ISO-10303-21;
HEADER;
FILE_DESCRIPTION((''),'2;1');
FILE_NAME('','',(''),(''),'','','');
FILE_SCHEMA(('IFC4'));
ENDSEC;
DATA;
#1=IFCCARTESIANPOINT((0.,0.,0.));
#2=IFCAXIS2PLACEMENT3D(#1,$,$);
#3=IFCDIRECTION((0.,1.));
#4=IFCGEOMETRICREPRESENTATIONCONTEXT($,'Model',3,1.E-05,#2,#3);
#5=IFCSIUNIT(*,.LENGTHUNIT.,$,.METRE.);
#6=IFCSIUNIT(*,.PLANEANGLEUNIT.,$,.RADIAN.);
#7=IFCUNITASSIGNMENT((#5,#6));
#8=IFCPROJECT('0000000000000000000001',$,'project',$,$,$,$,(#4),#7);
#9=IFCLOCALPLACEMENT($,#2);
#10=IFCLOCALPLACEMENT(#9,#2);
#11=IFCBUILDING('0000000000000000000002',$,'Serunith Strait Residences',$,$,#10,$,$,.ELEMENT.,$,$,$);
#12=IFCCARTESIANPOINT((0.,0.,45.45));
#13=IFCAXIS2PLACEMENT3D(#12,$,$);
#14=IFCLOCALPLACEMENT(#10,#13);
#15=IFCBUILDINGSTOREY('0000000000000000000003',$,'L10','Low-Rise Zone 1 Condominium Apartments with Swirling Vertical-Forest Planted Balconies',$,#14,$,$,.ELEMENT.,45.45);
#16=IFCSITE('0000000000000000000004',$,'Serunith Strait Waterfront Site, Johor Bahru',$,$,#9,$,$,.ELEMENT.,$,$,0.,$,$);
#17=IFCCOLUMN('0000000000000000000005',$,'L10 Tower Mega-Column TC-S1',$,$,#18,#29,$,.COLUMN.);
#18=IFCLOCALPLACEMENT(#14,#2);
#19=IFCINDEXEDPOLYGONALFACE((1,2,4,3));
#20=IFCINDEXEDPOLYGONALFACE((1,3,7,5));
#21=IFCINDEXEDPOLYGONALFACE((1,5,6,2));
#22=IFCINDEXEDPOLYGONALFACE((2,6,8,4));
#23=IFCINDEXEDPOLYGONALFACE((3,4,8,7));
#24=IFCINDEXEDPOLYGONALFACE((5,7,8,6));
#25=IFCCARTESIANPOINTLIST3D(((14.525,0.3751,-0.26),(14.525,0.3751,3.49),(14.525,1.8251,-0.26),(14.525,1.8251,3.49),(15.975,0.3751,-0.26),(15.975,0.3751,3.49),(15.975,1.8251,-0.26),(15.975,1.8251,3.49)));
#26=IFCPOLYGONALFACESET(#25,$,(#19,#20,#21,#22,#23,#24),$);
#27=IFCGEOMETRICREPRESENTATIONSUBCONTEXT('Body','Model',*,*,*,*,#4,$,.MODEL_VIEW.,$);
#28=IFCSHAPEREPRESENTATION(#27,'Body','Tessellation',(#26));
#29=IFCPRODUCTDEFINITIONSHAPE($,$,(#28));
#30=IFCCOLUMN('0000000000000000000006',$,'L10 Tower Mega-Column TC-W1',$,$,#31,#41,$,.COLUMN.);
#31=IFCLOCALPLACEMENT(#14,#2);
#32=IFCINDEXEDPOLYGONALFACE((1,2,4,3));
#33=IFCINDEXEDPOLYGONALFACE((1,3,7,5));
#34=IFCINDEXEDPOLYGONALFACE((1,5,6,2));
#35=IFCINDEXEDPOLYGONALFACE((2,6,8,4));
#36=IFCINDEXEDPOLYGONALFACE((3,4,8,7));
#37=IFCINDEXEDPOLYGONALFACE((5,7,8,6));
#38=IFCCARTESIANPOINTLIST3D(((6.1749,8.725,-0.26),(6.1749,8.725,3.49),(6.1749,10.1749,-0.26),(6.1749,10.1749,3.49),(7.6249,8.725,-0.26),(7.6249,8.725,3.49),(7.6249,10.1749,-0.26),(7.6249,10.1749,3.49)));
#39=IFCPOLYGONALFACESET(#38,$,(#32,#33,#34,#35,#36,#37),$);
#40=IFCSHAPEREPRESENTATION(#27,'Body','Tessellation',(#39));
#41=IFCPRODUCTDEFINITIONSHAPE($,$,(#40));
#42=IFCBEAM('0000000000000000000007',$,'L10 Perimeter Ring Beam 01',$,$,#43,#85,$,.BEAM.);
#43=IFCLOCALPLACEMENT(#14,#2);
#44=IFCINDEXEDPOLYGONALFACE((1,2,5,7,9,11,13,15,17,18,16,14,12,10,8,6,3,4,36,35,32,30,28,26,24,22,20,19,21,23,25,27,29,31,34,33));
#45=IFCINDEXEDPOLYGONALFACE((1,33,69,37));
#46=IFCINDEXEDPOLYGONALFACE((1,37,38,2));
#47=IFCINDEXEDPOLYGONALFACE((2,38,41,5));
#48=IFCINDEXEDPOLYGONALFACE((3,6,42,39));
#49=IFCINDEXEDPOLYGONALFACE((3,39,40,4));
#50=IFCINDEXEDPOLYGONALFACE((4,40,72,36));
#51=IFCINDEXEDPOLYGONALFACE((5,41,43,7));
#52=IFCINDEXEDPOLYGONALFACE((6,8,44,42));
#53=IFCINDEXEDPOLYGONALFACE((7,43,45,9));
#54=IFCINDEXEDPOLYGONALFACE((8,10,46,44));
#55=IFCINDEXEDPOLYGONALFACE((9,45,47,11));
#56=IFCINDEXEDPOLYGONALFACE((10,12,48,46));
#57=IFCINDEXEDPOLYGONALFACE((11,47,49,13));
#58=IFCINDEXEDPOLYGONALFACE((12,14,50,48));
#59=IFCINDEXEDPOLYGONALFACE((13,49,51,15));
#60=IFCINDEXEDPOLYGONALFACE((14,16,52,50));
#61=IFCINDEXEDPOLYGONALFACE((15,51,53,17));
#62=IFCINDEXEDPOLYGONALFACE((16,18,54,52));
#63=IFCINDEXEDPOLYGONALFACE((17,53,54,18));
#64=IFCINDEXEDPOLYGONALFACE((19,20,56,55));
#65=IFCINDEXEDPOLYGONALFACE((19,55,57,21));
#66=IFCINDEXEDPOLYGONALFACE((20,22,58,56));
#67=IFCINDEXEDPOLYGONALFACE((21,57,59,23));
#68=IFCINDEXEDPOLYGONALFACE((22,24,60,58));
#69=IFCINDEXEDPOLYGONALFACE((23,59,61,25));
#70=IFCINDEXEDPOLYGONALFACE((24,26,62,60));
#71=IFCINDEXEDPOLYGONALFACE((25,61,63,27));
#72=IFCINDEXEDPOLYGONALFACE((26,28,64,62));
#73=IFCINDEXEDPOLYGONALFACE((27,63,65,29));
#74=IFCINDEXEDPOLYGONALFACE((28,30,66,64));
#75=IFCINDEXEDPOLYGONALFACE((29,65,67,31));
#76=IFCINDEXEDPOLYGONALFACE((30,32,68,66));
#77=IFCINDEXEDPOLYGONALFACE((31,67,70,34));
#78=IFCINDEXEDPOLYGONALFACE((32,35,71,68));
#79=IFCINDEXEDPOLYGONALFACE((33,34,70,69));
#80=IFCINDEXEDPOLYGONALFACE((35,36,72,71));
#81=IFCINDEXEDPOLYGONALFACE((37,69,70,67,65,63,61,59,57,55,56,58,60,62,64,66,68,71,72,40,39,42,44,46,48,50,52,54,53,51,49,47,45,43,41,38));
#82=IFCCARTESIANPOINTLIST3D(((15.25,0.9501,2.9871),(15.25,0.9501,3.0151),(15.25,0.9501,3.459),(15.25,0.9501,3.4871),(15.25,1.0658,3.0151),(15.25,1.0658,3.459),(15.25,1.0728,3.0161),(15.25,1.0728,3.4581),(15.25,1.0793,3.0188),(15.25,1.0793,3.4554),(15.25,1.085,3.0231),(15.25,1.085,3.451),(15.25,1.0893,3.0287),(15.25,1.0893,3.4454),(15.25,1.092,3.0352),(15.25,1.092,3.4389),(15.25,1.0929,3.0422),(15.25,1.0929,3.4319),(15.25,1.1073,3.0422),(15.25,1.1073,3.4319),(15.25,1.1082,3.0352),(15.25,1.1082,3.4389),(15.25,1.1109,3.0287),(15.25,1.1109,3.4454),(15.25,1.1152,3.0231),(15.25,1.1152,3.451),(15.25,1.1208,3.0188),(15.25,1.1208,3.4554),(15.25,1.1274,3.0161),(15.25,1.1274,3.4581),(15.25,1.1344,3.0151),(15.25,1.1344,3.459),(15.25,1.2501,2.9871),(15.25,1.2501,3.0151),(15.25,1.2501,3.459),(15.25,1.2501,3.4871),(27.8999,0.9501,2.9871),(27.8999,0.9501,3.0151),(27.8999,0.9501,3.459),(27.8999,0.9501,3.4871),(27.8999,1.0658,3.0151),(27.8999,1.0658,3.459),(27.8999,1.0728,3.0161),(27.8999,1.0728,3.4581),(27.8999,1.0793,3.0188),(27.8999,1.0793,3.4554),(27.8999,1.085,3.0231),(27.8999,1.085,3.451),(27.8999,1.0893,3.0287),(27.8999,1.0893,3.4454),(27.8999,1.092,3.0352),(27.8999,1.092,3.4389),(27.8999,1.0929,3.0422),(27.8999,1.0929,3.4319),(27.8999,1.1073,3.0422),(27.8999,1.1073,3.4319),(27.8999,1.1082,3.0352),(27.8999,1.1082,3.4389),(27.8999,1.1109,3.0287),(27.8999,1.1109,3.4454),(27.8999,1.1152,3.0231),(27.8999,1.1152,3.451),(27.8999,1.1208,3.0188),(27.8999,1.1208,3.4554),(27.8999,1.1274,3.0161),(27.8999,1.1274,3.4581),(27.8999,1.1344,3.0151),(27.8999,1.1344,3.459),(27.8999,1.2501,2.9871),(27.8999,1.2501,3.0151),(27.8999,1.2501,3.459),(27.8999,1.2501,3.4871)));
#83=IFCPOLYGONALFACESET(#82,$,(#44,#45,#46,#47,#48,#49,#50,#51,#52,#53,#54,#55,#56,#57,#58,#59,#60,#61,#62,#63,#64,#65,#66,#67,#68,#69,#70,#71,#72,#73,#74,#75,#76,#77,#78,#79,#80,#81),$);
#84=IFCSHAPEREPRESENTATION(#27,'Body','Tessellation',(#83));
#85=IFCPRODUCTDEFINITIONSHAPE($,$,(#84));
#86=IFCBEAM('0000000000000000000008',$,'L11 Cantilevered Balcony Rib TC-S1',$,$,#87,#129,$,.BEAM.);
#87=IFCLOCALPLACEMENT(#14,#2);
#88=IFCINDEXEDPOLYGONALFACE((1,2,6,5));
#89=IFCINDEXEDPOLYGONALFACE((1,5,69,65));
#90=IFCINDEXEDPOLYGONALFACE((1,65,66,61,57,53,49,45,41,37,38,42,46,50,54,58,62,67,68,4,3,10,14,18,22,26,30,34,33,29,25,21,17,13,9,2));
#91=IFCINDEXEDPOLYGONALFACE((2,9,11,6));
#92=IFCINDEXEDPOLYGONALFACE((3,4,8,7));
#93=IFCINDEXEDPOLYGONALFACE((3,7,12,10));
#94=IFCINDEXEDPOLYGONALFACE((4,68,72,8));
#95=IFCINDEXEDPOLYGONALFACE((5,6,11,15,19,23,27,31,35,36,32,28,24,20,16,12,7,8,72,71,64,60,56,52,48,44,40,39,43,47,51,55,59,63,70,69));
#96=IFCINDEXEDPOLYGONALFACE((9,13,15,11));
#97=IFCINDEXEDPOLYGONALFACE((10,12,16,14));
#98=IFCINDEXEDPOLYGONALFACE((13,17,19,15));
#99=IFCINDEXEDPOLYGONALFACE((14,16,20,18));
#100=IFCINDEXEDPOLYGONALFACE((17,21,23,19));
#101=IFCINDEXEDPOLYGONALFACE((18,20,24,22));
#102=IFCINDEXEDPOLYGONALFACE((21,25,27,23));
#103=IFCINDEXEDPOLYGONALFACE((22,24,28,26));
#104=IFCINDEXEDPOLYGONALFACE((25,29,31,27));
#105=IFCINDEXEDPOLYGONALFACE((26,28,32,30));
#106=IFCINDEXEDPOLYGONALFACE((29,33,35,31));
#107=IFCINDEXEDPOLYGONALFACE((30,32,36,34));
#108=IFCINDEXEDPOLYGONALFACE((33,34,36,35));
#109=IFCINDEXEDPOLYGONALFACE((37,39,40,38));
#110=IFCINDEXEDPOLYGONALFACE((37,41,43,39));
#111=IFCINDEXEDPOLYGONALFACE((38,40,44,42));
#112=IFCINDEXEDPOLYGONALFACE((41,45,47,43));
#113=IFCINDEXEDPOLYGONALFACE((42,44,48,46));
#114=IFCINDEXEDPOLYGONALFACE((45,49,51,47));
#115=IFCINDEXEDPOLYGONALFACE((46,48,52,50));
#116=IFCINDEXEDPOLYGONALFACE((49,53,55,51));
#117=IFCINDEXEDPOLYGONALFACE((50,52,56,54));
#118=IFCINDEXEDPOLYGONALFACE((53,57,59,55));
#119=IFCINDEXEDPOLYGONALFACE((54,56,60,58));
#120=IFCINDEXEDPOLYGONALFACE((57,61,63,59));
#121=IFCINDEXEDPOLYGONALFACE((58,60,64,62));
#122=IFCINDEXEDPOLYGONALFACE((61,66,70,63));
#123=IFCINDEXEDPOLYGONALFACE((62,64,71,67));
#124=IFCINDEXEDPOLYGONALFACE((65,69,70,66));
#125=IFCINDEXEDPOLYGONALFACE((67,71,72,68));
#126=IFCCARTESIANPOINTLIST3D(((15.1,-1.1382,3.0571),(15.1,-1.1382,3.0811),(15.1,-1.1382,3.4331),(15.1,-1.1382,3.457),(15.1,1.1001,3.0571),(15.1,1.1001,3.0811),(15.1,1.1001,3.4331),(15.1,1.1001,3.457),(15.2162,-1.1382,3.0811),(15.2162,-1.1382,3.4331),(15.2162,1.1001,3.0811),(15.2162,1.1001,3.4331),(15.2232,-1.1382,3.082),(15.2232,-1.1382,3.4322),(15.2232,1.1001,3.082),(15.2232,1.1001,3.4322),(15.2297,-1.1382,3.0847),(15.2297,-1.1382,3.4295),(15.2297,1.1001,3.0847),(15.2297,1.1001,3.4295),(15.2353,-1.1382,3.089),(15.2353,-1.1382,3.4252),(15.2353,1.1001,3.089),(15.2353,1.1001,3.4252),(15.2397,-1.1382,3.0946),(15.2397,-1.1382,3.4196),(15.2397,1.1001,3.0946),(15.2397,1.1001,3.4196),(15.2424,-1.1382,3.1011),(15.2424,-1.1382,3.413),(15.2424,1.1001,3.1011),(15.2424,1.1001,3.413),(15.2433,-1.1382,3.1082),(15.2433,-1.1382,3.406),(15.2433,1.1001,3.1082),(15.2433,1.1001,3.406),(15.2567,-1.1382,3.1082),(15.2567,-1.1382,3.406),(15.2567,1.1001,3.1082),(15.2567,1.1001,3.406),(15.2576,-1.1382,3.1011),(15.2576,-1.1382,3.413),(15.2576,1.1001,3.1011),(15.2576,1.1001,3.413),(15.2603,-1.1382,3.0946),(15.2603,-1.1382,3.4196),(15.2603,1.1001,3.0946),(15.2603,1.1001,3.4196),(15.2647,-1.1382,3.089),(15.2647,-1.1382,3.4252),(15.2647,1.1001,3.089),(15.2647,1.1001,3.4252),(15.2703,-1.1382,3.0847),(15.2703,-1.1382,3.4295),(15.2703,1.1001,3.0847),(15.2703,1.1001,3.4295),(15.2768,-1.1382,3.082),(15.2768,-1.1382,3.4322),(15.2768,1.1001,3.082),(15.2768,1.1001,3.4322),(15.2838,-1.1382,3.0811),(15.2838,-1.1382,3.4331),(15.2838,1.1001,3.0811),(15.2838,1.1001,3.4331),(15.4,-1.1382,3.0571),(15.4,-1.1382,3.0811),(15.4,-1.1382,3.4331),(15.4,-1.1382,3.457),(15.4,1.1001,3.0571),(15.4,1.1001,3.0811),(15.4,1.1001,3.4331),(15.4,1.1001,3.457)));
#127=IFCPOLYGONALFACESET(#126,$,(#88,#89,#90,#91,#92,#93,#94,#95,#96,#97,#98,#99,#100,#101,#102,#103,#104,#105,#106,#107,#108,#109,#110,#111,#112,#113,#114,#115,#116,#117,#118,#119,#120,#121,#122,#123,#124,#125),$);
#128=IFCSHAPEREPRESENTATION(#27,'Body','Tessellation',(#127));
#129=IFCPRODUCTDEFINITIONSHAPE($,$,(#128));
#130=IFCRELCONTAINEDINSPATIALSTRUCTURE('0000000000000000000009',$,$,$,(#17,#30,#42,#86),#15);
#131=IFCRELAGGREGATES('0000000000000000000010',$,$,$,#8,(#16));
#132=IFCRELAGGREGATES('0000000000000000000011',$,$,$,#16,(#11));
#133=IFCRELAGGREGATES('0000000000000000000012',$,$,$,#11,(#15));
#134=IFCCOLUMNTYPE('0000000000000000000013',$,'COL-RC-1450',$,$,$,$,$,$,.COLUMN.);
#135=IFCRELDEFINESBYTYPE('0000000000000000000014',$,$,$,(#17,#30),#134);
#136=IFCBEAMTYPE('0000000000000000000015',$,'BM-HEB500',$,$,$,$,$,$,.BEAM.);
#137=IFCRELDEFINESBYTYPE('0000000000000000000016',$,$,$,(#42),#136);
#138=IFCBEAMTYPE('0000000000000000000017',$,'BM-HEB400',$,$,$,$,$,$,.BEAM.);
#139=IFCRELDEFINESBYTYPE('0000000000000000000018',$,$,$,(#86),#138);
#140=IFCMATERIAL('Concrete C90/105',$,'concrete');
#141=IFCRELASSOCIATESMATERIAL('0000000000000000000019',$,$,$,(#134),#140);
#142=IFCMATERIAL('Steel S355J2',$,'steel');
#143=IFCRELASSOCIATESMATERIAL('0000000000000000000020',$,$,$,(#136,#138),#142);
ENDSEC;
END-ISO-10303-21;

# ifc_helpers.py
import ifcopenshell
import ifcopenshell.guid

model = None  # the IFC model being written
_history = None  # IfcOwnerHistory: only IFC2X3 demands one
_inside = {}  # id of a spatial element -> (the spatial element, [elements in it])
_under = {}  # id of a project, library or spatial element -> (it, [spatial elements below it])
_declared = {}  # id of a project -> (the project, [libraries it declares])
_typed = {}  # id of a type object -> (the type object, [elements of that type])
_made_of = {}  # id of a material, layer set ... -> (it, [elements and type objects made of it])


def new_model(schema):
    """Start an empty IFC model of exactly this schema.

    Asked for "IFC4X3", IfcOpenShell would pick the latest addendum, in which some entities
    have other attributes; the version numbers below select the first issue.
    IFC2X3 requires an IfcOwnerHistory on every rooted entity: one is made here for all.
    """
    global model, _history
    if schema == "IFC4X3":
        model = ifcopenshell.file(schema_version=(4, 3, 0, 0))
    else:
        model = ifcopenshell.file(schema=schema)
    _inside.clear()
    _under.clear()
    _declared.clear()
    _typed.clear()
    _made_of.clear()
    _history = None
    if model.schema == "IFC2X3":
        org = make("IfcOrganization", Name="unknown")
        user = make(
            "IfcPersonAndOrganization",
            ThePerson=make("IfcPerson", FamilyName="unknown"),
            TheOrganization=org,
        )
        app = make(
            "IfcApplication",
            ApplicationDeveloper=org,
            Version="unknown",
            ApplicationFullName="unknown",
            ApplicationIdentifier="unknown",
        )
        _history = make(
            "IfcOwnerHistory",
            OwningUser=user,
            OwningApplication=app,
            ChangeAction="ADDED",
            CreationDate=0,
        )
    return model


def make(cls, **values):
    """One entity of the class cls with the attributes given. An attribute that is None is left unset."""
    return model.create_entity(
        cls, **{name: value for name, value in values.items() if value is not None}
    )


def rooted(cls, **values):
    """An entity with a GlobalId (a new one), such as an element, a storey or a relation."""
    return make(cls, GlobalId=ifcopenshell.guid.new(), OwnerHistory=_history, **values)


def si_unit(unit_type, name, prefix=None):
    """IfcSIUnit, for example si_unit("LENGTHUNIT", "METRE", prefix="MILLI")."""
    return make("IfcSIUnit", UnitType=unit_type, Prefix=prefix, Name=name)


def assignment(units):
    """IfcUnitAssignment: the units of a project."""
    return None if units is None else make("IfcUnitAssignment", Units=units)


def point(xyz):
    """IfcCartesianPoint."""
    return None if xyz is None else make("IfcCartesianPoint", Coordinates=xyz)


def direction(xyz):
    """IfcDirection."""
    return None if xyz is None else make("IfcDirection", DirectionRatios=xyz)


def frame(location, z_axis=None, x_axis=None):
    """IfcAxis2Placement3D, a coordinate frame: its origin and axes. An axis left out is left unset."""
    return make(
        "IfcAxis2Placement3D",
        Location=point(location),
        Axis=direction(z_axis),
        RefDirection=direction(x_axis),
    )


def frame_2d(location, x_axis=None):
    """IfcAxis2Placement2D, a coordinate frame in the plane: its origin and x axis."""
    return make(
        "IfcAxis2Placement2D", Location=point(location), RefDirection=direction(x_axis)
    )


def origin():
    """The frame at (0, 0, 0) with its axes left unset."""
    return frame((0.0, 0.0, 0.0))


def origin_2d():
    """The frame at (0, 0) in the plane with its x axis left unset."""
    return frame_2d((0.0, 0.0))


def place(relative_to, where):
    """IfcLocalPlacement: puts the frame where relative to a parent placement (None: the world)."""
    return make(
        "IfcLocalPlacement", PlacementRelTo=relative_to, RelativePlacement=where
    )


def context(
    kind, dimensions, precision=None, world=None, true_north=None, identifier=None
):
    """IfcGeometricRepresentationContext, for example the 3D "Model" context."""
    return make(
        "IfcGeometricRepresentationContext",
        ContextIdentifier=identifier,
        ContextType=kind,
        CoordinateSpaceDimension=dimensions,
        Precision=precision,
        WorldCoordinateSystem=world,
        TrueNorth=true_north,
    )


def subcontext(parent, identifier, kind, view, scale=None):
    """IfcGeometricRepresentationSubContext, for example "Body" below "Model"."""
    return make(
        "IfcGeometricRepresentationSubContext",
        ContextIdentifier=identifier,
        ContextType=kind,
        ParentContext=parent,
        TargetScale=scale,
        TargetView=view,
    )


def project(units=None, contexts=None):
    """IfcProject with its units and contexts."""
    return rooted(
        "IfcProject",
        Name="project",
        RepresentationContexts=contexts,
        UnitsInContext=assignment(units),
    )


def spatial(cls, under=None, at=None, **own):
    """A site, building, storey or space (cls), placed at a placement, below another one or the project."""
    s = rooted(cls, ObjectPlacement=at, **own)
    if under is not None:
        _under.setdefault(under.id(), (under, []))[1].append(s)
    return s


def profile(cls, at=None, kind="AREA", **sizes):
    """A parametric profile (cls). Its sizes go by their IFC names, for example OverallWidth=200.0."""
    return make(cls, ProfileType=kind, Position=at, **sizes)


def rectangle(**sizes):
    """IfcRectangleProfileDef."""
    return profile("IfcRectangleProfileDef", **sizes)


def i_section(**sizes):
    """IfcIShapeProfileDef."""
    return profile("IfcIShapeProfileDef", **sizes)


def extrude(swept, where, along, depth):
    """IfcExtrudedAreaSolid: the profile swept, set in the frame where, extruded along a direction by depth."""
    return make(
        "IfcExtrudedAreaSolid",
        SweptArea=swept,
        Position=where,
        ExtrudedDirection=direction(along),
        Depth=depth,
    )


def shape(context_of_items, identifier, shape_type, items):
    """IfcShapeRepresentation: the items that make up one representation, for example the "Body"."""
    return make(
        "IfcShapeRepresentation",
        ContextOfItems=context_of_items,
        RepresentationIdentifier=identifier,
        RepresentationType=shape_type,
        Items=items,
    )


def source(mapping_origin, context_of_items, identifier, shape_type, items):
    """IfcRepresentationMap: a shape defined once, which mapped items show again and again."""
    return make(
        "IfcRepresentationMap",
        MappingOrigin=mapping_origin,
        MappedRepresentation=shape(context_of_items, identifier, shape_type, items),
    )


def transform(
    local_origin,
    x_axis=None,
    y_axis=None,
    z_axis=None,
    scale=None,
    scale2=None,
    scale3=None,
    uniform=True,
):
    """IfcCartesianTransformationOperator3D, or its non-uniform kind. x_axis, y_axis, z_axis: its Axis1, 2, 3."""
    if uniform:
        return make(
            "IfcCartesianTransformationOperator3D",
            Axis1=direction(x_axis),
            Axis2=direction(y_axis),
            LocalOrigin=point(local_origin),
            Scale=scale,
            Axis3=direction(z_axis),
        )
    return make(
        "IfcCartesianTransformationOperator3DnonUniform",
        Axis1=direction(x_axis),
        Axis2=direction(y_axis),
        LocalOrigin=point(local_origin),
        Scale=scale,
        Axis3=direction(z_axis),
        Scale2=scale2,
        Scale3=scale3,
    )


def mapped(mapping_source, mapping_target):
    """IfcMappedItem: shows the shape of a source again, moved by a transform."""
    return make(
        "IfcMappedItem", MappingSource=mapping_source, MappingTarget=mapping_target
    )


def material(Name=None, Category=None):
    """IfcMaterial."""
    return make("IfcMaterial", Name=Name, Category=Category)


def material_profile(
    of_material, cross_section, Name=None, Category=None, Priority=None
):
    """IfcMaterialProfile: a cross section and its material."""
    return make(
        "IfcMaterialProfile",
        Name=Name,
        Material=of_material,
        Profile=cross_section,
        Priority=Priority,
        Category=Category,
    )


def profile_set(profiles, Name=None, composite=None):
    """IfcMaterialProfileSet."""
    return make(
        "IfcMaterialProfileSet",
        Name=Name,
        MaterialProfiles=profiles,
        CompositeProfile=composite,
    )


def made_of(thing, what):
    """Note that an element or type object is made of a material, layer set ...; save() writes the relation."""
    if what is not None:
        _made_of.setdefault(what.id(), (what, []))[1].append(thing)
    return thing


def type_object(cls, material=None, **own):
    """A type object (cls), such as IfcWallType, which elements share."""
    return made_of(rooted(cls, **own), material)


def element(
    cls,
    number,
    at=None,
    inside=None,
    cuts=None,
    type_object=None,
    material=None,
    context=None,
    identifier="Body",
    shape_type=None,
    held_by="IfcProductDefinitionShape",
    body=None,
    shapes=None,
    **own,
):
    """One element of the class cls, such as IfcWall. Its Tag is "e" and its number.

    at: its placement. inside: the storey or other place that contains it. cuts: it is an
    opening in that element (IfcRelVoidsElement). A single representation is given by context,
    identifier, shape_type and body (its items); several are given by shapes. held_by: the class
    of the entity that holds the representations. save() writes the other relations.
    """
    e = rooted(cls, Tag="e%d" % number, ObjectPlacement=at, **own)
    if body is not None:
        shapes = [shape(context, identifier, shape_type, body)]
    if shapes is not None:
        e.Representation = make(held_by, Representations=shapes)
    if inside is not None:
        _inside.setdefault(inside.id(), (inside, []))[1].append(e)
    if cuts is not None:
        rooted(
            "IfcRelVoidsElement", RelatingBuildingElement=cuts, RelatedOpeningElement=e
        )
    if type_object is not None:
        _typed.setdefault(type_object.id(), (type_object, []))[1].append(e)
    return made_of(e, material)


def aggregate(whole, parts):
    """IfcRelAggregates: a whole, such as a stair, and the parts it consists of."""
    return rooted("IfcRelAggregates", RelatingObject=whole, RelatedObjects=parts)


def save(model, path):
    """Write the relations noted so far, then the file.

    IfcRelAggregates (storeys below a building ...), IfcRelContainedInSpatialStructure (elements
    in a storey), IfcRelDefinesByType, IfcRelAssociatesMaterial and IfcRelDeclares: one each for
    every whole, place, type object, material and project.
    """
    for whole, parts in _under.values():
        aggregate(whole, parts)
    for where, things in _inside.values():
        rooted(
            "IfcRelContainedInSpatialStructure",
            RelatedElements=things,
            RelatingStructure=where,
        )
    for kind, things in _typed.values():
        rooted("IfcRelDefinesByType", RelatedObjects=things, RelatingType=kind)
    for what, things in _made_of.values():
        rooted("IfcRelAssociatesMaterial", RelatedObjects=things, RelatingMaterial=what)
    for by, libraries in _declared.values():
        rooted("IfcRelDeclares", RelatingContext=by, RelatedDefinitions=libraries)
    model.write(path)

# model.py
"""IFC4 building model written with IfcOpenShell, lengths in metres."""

from ifc_helpers import new_model, si_unit, direction, frame, origin, origin_2d, place, context, subcontext, project, spatial, rectangle, i_section, extrude, source, transform, mapped, material, material_profile, profile_set, type_object, element, save


model = new_model("IFC4")

# Units and contexts
model_context = context("Model", 3, precision=1e-05, world=origin(), true_north=direction((0.0, 1.0)))
body_context = subcontext(model_context, "Body", "Model", "MODEL_VIEW")
ifc_project = project(units=[si_unit("LENGTHUNIT", "METRE"), si_unit("PLANEANGLEUNIT", "RADIAN")], contexts=[model_context])

# Site, building, storey
site_placement = place(None, origin())
site = spatial("IfcSite", under=ifc_project, at=site_placement, Name="Serunith Strait Waterfront Site, Johor Bahru", CompositionType="ELEMENT", RefElevation=0.0)
building_placement = place(site_placement, origin())
building = spatial("IfcBuilding", under=site, at=building_placement, Name="Serunith Strait Residences", CompositionType="ELEMENT")
storey_placement = place(building_placement, frame((0.0, 0.0, 45.45)))
storey = spatial("IfcBuildingStorey", under=building, at=storey_placement, Name="L10", Description="Low-Rise Zone 1 Condominium Apartments with Swirling Vertical-Forest Planted Balconies", CompositionType="ELEMENT", Elevation=45.45)

# Columns
ifc_material_1 = material(Name="Concrete C90/105", Category="concrete")
ifc_material_profile_1 = material_profile(ifc_material_1, rectangle(XDim=1.45, YDim=1.45, at=origin_2d()), Name="RC 1450x1450")
ifc_profile_set_1 = profile_set([ifc_material_profile_1], Name="Concrete C90/105")
column_type = type_object("IfcColumnType", Name="COL-RC-1450", PredefinedType="COLUMN", material=ifc_profile_set_1)
shared_shape_1 = source(origin(), body_context, "Body", "SweptSolid", [
    extrude(rectangle(XDim=1.45, YDim=1.45, at=origin_2d()), origin(), (0.0, 0.0, 1.0), 3.75),
])
for number, where, z_axis, x_axis, name in (
    (1, (15.25, 1.1001, -0.26), (0.0, 0.0, 1.0), (1.0, 0.0, 0.0), "L10 Tower Mega-Column TC-S1"),
    (2, (6.8999, 9.45, -0.26), (0.0, 0.0, 1.0), (1.0, 0.0, 0.0), "L10 Tower Mega-Column TC-W1"),
):
    element("IfcColumn", number, at=place(storey_placement, frame(where, z_axis=z_axis, x_axis=x_axis)), inside=storey, type_object=column_type, Name=name, PredefinedType="COLUMN", context=body_context, shape_type="MappedRepresentation", body=[
        mapped(shared_shape_1, transform((0.0, 0.0, 0.0), scale=1.0)),
    ])

# Beams
ifc_material_2 = material(Name="Steel S355J2", Category="steel")
ifc_material_profile_2 = material_profile(ifc_material_2, i_section(OverallWidth=0.3, OverallDepth=0.5, WebThickness=0.0144, FlangeThickness=0.0281, FilletRadius=0.0271, at=origin_2d()), Name="HEB 500")
ifc_profile_set_2 = profile_set([ifc_material_profile_2], Name="Steel S355J2")
beam_type_1 = type_object("IfcBeamType", Name="BM-HEB500", PredefinedType="BEAM", material=ifc_profile_set_2)
shared_shape_2 = source(origin(), body_context, "Body", "SweptSolid", [
    extrude(i_section(OverallWidth=0.3, OverallDepth=0.5, WebThickness=0.0144, FlangeThickness=0.0281, FilletRadius=0.0271, at=origin_2d()), origin(), (0.0, 0.0, 1.0), 12.6499),
])
beam_1_placement = place(storey_placement, frame((15.25, 1.1001, 3.2371), z_axis=(1.0, 0.0, 0.0), x_axis=(0.0, 1.0, 0.0)))
element("IfcBeam", 3, at=beam_1_placement, inside=storey, type_object=beam_type_1, Name="L10 Perimeter Ring Beam 01", PredefinedType="BEAM", context=body_context, shape_type="MappedRepresentation", body=[
    mapped(shared_shape_2, transform((0.0, 0.0, 0.0), scale=1.0)),
])
ifc_material_profile_3 = material_profile(ifc_material_2, i_section(OverallWidth=0.3, OverallDepth=0.3999, WebThickness=0.0134, FlangeThickness=0.0239, FilletRadius=0.0271, at=origin_2d()), Name="HEB 400")
ifc_profile_set_3 = profile_set([ifc_material_profile_3], Name="Steel S355J2")
beam_type_2 = type_object("IfcBeamType", Name="BM-HEB400", PredefinedType="BEAM", material=ifc_profile_set_3)
shared_shape_3 = source(origin(), body_context, "Body", "SweptSolid", [
    extrude(i_section(OverallWidth=0.3, OverallDepth=0.3999, WebThickness=0.0134, FlangeThickness=0.0239, FilletRadius=0.0271, at=origin_2d()), origin(), (0.0, 0.0, 1.0), 2.2383),
])
beam_2_placement = place(storey_placement, frame((15.25, 1.1001, 3.2571), z_axis=(0.0, -1.0, 0.0), x_axis=(1.0, 0.0, 0.0)))
element("IfcBeam", 4, at=beam_2_placement, inside=storey, type_object=beam_type_2, Name="L11 Cantilevered Balcony Rib TC-S1", PredefinedType="BEAM", context=body_context, shape_type="MappedRepresentation", body=[
    mapped(shared_shape_3, transform((0.0, 0.0, 0.0), scale=1.0)),
])

save(model, "model.ifc")
